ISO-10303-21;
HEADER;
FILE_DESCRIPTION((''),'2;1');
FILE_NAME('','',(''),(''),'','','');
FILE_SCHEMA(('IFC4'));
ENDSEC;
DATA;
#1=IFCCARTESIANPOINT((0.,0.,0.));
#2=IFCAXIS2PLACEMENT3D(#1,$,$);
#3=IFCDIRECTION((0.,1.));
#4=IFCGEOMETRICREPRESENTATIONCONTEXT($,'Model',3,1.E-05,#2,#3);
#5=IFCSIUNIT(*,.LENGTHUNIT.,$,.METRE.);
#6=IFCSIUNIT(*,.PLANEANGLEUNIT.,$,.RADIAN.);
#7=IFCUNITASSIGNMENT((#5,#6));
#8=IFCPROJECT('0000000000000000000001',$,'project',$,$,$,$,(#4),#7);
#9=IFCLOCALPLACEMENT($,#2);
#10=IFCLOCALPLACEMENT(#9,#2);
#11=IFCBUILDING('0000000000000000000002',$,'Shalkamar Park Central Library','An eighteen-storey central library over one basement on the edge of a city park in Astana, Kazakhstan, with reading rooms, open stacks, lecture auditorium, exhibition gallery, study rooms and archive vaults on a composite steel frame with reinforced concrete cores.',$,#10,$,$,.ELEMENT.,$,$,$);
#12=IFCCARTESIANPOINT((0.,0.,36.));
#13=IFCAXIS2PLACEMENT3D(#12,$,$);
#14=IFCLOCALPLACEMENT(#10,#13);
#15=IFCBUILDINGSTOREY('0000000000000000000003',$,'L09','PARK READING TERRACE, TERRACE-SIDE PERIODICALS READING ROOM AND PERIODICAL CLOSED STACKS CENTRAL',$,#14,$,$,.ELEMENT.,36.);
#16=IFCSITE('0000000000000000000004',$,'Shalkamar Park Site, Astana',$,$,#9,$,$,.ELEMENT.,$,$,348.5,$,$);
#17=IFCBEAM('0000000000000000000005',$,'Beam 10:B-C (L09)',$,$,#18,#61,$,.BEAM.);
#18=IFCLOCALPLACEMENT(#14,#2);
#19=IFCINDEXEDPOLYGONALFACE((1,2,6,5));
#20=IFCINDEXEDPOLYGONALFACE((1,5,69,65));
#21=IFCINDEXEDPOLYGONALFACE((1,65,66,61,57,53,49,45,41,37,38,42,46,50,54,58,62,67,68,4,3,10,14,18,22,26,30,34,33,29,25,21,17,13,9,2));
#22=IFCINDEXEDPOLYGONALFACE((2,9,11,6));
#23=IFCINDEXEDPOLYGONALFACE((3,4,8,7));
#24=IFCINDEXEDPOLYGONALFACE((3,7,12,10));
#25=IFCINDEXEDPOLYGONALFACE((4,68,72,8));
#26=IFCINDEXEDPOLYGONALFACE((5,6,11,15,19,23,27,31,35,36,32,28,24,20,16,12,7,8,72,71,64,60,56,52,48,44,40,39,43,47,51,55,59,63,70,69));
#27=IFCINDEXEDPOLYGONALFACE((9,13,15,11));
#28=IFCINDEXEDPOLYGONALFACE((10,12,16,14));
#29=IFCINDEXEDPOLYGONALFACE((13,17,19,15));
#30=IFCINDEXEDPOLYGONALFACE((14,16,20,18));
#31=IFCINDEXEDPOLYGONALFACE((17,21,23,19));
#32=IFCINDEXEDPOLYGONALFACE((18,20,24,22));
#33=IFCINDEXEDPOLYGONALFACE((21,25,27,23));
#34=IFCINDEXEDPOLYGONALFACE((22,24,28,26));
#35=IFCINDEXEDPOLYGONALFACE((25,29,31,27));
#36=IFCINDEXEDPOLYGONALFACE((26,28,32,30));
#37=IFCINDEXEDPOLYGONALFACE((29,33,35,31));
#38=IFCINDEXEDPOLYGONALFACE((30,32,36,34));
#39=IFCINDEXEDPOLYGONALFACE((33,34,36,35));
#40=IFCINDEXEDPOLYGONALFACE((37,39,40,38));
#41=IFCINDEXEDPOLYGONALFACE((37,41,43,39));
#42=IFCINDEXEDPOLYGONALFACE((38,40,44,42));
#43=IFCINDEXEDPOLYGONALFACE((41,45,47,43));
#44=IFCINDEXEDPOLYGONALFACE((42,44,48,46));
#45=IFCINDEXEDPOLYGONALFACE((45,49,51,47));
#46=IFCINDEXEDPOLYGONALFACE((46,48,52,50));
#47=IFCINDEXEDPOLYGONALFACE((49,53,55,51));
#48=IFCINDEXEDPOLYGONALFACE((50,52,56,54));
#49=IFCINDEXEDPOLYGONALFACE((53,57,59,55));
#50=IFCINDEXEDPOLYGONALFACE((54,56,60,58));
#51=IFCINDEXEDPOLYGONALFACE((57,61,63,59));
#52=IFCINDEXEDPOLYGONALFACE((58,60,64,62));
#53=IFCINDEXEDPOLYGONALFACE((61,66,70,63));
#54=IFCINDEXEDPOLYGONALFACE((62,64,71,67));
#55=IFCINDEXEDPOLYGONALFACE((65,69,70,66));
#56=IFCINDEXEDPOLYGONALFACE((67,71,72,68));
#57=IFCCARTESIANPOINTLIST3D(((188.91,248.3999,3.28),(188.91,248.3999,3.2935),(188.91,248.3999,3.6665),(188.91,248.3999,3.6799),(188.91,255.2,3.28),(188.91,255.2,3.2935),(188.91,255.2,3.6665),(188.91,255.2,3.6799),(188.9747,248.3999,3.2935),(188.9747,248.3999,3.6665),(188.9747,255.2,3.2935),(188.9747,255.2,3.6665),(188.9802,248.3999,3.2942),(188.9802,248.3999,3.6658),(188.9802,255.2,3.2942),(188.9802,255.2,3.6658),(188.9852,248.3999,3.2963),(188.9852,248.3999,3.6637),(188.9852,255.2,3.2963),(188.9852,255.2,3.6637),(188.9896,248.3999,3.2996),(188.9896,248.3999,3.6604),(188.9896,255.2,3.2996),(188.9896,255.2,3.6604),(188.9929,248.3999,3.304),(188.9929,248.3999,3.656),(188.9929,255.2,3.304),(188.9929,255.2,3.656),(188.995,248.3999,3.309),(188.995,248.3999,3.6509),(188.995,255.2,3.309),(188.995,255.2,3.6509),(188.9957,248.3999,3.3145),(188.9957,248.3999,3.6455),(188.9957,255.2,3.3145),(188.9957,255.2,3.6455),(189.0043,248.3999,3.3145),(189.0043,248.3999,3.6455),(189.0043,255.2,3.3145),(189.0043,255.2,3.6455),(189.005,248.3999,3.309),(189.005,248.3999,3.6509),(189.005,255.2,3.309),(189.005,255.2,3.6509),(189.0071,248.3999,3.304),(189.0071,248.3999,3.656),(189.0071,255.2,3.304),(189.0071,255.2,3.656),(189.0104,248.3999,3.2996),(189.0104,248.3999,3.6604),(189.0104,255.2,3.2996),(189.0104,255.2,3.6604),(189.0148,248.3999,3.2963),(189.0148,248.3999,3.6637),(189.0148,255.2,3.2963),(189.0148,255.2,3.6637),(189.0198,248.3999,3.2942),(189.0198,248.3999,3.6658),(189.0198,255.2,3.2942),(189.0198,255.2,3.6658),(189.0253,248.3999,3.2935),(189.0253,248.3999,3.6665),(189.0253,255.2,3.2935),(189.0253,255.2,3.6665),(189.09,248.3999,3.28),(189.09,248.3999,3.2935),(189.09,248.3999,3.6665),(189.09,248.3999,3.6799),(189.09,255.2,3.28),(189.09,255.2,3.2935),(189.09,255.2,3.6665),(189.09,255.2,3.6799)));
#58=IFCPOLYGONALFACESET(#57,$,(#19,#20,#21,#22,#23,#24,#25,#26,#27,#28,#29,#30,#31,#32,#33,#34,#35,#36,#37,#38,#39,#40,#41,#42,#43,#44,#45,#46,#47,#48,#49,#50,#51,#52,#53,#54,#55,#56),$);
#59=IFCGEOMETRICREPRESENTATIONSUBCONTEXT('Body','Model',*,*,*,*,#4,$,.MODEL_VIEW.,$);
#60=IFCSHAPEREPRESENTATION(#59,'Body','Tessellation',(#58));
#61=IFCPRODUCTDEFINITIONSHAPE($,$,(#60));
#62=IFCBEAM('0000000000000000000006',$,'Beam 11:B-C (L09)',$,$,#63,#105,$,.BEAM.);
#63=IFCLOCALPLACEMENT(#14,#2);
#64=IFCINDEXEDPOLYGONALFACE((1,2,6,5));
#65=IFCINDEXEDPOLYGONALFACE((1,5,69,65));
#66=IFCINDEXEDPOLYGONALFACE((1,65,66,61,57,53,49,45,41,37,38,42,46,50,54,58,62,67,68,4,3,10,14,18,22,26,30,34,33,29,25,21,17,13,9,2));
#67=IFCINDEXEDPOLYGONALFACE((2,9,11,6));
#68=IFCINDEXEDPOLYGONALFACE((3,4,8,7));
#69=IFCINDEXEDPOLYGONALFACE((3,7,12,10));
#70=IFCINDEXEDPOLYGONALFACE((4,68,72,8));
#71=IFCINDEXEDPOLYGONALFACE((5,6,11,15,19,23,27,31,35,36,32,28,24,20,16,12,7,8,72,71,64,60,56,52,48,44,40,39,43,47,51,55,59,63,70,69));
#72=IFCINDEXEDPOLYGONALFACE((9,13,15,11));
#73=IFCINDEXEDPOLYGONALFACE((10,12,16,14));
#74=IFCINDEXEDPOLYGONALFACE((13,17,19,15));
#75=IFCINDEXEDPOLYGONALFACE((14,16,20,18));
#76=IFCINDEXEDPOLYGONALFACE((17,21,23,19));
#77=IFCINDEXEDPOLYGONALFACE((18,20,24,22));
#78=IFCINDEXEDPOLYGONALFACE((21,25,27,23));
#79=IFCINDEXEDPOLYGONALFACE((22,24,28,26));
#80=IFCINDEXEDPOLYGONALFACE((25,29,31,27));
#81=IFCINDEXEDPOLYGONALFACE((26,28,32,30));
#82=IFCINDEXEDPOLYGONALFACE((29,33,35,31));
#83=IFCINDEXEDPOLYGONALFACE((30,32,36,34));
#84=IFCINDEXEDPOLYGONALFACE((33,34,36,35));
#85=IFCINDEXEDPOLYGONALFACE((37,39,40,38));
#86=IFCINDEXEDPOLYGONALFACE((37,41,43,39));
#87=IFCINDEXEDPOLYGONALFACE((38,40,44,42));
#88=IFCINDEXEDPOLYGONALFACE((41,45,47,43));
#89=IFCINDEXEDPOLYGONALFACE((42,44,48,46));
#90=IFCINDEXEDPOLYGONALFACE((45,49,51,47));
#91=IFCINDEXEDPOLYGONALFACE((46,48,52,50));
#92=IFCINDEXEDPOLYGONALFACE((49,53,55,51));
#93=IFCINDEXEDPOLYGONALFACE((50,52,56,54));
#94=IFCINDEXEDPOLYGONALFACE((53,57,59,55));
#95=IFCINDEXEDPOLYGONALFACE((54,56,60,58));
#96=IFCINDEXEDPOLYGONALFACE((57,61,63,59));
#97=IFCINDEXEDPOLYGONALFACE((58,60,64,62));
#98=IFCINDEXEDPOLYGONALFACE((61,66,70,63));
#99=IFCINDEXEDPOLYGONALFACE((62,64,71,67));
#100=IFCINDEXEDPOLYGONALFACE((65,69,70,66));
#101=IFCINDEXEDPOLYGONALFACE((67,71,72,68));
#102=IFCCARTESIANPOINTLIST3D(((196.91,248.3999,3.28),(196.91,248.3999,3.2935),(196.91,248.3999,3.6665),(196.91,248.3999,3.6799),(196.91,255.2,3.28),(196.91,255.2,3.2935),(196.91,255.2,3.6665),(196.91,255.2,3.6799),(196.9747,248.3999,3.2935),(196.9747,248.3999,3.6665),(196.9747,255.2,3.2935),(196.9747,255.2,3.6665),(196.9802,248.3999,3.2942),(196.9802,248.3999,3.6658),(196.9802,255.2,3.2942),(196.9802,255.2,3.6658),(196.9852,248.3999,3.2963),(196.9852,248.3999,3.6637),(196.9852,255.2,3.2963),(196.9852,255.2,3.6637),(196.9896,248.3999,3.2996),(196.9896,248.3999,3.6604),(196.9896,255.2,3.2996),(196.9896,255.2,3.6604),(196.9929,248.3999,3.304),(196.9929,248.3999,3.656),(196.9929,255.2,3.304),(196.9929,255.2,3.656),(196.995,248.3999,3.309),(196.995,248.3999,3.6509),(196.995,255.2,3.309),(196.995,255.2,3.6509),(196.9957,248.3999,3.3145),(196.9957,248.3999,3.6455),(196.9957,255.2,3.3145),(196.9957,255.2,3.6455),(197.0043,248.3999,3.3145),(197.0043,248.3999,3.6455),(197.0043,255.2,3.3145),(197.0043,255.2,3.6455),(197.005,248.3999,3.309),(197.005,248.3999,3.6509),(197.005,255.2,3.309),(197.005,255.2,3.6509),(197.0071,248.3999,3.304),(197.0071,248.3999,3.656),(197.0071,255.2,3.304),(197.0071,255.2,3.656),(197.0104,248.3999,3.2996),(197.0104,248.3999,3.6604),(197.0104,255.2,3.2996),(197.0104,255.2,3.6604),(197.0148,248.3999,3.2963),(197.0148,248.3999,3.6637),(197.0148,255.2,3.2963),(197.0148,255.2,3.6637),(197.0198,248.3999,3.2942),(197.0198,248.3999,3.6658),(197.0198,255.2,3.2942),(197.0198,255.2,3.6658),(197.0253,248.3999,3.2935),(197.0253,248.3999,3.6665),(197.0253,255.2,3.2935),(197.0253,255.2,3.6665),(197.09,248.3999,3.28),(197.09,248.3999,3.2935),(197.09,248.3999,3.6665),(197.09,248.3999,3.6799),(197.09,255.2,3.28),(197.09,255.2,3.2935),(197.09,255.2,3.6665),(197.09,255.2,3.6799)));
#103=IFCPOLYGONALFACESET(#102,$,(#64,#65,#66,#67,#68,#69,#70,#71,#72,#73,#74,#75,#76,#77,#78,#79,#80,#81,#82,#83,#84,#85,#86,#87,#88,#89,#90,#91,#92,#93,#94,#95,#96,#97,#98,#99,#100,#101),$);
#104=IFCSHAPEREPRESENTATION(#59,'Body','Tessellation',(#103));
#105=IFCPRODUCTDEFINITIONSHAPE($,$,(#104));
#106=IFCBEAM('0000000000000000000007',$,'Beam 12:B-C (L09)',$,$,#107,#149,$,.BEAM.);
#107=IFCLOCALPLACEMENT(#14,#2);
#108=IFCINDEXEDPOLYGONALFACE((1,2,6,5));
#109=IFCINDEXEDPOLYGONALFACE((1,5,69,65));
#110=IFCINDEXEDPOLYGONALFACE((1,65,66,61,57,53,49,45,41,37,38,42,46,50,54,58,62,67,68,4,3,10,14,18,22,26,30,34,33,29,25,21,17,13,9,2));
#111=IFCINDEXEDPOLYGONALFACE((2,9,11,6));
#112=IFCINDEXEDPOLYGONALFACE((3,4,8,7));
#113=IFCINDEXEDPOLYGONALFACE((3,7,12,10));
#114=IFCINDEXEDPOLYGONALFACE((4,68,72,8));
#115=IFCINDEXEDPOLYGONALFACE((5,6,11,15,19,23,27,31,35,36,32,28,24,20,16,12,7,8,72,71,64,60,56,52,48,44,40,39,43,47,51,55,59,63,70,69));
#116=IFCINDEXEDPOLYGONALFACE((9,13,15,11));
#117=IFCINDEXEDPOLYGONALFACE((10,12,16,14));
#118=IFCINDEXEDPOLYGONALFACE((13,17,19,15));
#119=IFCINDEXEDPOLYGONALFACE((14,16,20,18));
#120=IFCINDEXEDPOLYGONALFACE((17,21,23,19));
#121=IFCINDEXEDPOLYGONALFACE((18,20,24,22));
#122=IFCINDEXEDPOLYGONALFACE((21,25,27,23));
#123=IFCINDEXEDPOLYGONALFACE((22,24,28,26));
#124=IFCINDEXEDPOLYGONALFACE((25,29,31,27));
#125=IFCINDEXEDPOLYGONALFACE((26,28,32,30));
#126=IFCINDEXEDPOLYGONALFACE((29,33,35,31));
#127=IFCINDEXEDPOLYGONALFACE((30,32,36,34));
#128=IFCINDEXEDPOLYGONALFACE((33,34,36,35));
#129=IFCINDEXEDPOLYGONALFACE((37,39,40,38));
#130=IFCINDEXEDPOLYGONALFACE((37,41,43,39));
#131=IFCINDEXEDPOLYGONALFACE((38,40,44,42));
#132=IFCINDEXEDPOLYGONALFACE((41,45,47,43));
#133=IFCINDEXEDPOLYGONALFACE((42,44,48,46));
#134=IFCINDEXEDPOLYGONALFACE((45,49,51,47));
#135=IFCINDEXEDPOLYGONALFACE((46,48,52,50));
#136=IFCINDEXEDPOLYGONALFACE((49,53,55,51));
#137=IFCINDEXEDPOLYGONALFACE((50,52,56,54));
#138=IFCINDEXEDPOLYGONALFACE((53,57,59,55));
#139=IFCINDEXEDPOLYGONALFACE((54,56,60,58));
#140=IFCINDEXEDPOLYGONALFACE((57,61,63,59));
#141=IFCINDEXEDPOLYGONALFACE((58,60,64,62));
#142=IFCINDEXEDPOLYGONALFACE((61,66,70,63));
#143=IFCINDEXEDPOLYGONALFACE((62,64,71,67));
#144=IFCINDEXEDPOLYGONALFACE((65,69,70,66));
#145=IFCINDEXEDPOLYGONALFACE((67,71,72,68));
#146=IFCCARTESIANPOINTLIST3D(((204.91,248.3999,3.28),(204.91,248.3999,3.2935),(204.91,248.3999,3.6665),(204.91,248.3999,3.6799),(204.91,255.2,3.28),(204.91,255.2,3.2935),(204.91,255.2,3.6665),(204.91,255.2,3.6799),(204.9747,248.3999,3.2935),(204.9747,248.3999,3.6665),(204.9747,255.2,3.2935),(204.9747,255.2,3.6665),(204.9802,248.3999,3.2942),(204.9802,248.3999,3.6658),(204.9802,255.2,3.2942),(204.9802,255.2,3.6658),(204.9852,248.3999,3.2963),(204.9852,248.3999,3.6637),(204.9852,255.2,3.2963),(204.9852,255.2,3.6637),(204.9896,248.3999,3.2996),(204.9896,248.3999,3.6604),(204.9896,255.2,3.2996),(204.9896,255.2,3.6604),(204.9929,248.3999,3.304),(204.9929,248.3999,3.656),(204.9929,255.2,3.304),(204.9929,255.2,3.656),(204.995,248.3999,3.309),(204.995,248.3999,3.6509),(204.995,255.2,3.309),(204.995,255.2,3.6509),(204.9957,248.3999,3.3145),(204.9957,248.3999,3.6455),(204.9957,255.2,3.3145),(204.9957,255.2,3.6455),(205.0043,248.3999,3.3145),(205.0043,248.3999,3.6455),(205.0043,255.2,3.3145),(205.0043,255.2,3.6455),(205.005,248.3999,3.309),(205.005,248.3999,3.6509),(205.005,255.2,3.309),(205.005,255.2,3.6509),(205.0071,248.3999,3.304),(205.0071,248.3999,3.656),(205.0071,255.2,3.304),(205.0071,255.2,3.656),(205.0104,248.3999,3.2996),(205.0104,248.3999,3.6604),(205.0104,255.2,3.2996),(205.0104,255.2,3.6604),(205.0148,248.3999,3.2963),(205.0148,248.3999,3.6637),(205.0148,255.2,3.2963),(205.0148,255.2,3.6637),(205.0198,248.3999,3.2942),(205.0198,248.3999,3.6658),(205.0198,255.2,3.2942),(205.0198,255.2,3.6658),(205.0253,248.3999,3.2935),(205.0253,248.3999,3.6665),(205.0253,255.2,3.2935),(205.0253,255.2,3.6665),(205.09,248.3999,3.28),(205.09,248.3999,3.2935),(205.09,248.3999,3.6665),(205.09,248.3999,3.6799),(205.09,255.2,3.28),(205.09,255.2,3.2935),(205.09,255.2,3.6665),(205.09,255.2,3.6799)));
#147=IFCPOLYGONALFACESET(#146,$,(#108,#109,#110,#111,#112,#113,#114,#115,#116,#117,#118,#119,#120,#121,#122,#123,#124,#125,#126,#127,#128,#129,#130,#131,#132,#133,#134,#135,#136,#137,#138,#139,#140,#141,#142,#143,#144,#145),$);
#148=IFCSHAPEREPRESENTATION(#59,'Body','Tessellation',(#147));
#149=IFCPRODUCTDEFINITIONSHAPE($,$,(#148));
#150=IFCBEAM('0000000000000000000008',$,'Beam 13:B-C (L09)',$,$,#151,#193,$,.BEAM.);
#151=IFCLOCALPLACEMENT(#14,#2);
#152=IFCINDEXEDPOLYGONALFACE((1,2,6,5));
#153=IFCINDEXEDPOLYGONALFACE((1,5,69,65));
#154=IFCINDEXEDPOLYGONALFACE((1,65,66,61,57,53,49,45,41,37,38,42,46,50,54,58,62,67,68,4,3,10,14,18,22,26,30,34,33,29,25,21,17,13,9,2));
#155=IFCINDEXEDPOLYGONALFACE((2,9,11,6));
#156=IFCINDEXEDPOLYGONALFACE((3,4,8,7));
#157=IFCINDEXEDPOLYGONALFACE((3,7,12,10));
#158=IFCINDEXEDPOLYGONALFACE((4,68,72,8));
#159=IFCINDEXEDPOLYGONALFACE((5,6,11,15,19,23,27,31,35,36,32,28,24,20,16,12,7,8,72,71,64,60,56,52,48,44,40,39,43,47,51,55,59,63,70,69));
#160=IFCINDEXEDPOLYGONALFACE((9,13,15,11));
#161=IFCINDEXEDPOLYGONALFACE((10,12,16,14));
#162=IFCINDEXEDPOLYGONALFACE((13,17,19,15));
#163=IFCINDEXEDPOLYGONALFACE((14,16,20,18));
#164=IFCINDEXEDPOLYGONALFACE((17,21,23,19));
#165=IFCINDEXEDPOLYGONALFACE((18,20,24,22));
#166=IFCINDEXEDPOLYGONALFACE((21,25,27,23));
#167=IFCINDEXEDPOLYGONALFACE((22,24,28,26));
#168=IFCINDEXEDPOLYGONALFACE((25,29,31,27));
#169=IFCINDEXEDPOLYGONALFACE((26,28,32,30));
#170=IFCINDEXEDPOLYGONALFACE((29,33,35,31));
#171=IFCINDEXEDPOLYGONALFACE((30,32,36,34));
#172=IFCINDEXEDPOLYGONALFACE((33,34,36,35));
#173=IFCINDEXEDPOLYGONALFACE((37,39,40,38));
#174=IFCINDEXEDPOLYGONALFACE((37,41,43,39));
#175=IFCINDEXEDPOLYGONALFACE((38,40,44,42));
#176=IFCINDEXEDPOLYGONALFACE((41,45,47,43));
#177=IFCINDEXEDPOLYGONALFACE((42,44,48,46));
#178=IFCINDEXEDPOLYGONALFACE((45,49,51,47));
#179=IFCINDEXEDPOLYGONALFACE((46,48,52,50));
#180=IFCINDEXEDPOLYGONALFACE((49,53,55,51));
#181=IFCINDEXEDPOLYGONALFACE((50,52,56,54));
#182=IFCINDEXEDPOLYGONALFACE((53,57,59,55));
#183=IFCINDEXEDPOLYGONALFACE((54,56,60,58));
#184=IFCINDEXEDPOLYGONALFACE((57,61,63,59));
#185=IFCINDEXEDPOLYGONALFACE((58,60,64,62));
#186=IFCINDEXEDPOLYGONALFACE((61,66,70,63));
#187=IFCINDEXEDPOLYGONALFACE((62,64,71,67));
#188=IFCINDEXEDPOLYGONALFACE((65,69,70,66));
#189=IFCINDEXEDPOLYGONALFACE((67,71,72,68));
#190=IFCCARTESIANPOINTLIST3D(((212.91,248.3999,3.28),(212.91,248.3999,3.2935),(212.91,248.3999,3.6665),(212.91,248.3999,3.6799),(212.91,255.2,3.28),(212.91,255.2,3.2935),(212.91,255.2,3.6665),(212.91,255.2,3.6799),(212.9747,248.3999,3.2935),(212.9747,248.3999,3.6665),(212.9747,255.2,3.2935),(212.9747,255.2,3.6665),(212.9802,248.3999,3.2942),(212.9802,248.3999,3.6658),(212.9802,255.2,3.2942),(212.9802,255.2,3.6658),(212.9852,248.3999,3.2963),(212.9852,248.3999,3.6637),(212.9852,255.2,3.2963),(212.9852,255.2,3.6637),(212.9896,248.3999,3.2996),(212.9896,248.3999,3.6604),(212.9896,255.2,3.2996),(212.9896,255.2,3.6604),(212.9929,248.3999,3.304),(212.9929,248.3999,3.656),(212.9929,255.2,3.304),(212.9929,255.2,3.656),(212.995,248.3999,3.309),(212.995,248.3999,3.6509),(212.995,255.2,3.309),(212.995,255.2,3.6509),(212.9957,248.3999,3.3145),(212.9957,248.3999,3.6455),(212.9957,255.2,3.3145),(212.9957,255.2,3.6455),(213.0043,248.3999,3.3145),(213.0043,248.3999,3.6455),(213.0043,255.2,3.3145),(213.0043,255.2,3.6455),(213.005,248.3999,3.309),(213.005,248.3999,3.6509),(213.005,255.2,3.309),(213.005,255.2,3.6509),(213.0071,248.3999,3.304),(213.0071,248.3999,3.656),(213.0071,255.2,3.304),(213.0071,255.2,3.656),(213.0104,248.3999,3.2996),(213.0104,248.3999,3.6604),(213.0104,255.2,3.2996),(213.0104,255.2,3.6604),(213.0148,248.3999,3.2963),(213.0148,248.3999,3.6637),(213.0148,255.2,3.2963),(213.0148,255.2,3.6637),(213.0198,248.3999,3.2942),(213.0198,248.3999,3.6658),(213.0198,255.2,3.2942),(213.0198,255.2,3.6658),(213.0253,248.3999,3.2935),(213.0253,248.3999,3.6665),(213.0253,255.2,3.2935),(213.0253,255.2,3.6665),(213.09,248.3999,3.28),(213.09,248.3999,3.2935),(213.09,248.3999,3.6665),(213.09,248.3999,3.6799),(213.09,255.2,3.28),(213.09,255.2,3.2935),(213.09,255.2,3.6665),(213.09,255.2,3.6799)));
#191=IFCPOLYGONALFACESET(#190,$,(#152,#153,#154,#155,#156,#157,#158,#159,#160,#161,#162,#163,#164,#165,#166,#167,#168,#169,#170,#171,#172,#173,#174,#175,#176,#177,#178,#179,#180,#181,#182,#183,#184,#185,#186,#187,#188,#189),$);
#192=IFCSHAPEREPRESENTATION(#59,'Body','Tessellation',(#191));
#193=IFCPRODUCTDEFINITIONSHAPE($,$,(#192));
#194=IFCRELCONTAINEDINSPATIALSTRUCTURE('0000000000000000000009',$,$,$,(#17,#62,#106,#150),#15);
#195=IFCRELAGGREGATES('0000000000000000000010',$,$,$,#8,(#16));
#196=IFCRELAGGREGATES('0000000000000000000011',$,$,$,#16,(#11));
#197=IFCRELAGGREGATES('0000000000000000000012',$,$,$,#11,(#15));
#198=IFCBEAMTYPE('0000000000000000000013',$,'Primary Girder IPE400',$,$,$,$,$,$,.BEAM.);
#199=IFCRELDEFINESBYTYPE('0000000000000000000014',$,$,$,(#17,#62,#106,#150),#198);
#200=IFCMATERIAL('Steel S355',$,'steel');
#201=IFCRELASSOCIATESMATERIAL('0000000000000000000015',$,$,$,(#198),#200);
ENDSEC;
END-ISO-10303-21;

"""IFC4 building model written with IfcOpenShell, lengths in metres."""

from ifc_helpers import new_model, si_unit, direction, frame, origin, origin_2d, place, context, subcontext, project, spatial, i_section, extrude, material, material_profile, profile_set, type_object, element, save


model = new_model("IFC4")

# Units and contexts
model_context = context("Model", 3, precision=1e-05, world=origin(), true_north=direction((0.0, 1.0)))
body_context = subcontext(model_context, "Body", "Model", "MODEL_VIEW")
ifc_project = project(units=[si_unit("LENGTHUNIT", "METRE"), si_unit("PLANEANGLEUNIT", "RADIAN")], contexts=[model_context])

# Site, building, storey
site_placement = place(None, origin())
site = spatial("IfcSite", under=ifc_project, at=site_placement, Name="Shalkamar Park Site, Astana", CompositionType="ELEMENT", RefElevation=348.5)
building_placement = place(site_placement, origin())
building = spatial("IfcBuilding", under=site, at=building_placement, Name="Shalkamar Park Central Library", Description="An eighteen-storey central library over one basement on the edge of a city park in Astana, Kazakhstan, with reading rooms, open stacks, lecture auditorium, exhibition gallery, study rooms and archive vaults on a composite steel frame with reinforced concrete cores.", CompositionType="ELEMENT")
storey_placement = place(building_placement, frame((0.0, 0.0, 36.0)))
storey = spatial("IfcBuildingStorey", under=building, at=storey_placement, Name="L09", Description="PARK READING TERRACE, TERRACE-SIDE PERIODICALS READING ROOM AND PERIODICAL CLOSED STACKS CENTRAL", CompositionType="ELEMENT", Elevation=36.0)

# Shared definitions
ifc_material_1 = material(Name="Steel S355", Category="steel")

# Beams
ifc_material_profile_1 = material_profile(ifc_material_1, i_section(OverallWidth=0.1799, OverallDepth=0.3999, WebThickness=0.0085, FlangeThickness=0.0134, FilletRadius=0.021, at=origin_2d()), Name="IPE 400")
ifc_profile_set_1 = profile_set([ifc_material_profile_1], Name="Steel S355")
beam_type_1 = type_object("IfcBeamType", Name="Primary Girder IPE400", PredefinedType="BEAM", material=ifc_profile_set_1)
for number, where, z_axis, x_axis, name in (
    (1, (189.0, 248.3999, 3.48), (0.0, 1.0, 0.0), (-1.0, 0.0, 0.0), "Beam 10:B-C (L09)"),
    (2, (197.0, 248.3999, 3.48), (0.0, 1.0, 0.0), (-1.0, 0.0, 0.0), "Beam 11:B-C (L09)"),
    (3, (205.0, 248.3999, 3.48), (0.0, 1.0, 0.0), (-1.0, 0.0, 0.0), "Beam 12:B-C (L09)"),
    (4, (213.0, 248.3999, 3.48), (0.0, 1.0, 0.0), (-1.0, 0.0, 0.0), "Beam 13:B-C (L09)"),
):
    element("IfcBeam", number, at=place(storey_placement, frame(where, z_axis=z_axis, x_axis=x_axis)), inside=storey, type_object=beam_type_1, Name=name, PredefinedType="BEAM", context=body_context, shape_type="SweptSolid", body=[
        extrude(i_section(OverallWidth=0.1799, OverallDepth=0.3999, WebThickness=0.0085, FlangeThickness=0.0134, FilletRadius=0.021, at=origin_2d()), origin(), (0.0, 0.0, 1.0), 6.8),
    ])

save(model, "model.ifc")
